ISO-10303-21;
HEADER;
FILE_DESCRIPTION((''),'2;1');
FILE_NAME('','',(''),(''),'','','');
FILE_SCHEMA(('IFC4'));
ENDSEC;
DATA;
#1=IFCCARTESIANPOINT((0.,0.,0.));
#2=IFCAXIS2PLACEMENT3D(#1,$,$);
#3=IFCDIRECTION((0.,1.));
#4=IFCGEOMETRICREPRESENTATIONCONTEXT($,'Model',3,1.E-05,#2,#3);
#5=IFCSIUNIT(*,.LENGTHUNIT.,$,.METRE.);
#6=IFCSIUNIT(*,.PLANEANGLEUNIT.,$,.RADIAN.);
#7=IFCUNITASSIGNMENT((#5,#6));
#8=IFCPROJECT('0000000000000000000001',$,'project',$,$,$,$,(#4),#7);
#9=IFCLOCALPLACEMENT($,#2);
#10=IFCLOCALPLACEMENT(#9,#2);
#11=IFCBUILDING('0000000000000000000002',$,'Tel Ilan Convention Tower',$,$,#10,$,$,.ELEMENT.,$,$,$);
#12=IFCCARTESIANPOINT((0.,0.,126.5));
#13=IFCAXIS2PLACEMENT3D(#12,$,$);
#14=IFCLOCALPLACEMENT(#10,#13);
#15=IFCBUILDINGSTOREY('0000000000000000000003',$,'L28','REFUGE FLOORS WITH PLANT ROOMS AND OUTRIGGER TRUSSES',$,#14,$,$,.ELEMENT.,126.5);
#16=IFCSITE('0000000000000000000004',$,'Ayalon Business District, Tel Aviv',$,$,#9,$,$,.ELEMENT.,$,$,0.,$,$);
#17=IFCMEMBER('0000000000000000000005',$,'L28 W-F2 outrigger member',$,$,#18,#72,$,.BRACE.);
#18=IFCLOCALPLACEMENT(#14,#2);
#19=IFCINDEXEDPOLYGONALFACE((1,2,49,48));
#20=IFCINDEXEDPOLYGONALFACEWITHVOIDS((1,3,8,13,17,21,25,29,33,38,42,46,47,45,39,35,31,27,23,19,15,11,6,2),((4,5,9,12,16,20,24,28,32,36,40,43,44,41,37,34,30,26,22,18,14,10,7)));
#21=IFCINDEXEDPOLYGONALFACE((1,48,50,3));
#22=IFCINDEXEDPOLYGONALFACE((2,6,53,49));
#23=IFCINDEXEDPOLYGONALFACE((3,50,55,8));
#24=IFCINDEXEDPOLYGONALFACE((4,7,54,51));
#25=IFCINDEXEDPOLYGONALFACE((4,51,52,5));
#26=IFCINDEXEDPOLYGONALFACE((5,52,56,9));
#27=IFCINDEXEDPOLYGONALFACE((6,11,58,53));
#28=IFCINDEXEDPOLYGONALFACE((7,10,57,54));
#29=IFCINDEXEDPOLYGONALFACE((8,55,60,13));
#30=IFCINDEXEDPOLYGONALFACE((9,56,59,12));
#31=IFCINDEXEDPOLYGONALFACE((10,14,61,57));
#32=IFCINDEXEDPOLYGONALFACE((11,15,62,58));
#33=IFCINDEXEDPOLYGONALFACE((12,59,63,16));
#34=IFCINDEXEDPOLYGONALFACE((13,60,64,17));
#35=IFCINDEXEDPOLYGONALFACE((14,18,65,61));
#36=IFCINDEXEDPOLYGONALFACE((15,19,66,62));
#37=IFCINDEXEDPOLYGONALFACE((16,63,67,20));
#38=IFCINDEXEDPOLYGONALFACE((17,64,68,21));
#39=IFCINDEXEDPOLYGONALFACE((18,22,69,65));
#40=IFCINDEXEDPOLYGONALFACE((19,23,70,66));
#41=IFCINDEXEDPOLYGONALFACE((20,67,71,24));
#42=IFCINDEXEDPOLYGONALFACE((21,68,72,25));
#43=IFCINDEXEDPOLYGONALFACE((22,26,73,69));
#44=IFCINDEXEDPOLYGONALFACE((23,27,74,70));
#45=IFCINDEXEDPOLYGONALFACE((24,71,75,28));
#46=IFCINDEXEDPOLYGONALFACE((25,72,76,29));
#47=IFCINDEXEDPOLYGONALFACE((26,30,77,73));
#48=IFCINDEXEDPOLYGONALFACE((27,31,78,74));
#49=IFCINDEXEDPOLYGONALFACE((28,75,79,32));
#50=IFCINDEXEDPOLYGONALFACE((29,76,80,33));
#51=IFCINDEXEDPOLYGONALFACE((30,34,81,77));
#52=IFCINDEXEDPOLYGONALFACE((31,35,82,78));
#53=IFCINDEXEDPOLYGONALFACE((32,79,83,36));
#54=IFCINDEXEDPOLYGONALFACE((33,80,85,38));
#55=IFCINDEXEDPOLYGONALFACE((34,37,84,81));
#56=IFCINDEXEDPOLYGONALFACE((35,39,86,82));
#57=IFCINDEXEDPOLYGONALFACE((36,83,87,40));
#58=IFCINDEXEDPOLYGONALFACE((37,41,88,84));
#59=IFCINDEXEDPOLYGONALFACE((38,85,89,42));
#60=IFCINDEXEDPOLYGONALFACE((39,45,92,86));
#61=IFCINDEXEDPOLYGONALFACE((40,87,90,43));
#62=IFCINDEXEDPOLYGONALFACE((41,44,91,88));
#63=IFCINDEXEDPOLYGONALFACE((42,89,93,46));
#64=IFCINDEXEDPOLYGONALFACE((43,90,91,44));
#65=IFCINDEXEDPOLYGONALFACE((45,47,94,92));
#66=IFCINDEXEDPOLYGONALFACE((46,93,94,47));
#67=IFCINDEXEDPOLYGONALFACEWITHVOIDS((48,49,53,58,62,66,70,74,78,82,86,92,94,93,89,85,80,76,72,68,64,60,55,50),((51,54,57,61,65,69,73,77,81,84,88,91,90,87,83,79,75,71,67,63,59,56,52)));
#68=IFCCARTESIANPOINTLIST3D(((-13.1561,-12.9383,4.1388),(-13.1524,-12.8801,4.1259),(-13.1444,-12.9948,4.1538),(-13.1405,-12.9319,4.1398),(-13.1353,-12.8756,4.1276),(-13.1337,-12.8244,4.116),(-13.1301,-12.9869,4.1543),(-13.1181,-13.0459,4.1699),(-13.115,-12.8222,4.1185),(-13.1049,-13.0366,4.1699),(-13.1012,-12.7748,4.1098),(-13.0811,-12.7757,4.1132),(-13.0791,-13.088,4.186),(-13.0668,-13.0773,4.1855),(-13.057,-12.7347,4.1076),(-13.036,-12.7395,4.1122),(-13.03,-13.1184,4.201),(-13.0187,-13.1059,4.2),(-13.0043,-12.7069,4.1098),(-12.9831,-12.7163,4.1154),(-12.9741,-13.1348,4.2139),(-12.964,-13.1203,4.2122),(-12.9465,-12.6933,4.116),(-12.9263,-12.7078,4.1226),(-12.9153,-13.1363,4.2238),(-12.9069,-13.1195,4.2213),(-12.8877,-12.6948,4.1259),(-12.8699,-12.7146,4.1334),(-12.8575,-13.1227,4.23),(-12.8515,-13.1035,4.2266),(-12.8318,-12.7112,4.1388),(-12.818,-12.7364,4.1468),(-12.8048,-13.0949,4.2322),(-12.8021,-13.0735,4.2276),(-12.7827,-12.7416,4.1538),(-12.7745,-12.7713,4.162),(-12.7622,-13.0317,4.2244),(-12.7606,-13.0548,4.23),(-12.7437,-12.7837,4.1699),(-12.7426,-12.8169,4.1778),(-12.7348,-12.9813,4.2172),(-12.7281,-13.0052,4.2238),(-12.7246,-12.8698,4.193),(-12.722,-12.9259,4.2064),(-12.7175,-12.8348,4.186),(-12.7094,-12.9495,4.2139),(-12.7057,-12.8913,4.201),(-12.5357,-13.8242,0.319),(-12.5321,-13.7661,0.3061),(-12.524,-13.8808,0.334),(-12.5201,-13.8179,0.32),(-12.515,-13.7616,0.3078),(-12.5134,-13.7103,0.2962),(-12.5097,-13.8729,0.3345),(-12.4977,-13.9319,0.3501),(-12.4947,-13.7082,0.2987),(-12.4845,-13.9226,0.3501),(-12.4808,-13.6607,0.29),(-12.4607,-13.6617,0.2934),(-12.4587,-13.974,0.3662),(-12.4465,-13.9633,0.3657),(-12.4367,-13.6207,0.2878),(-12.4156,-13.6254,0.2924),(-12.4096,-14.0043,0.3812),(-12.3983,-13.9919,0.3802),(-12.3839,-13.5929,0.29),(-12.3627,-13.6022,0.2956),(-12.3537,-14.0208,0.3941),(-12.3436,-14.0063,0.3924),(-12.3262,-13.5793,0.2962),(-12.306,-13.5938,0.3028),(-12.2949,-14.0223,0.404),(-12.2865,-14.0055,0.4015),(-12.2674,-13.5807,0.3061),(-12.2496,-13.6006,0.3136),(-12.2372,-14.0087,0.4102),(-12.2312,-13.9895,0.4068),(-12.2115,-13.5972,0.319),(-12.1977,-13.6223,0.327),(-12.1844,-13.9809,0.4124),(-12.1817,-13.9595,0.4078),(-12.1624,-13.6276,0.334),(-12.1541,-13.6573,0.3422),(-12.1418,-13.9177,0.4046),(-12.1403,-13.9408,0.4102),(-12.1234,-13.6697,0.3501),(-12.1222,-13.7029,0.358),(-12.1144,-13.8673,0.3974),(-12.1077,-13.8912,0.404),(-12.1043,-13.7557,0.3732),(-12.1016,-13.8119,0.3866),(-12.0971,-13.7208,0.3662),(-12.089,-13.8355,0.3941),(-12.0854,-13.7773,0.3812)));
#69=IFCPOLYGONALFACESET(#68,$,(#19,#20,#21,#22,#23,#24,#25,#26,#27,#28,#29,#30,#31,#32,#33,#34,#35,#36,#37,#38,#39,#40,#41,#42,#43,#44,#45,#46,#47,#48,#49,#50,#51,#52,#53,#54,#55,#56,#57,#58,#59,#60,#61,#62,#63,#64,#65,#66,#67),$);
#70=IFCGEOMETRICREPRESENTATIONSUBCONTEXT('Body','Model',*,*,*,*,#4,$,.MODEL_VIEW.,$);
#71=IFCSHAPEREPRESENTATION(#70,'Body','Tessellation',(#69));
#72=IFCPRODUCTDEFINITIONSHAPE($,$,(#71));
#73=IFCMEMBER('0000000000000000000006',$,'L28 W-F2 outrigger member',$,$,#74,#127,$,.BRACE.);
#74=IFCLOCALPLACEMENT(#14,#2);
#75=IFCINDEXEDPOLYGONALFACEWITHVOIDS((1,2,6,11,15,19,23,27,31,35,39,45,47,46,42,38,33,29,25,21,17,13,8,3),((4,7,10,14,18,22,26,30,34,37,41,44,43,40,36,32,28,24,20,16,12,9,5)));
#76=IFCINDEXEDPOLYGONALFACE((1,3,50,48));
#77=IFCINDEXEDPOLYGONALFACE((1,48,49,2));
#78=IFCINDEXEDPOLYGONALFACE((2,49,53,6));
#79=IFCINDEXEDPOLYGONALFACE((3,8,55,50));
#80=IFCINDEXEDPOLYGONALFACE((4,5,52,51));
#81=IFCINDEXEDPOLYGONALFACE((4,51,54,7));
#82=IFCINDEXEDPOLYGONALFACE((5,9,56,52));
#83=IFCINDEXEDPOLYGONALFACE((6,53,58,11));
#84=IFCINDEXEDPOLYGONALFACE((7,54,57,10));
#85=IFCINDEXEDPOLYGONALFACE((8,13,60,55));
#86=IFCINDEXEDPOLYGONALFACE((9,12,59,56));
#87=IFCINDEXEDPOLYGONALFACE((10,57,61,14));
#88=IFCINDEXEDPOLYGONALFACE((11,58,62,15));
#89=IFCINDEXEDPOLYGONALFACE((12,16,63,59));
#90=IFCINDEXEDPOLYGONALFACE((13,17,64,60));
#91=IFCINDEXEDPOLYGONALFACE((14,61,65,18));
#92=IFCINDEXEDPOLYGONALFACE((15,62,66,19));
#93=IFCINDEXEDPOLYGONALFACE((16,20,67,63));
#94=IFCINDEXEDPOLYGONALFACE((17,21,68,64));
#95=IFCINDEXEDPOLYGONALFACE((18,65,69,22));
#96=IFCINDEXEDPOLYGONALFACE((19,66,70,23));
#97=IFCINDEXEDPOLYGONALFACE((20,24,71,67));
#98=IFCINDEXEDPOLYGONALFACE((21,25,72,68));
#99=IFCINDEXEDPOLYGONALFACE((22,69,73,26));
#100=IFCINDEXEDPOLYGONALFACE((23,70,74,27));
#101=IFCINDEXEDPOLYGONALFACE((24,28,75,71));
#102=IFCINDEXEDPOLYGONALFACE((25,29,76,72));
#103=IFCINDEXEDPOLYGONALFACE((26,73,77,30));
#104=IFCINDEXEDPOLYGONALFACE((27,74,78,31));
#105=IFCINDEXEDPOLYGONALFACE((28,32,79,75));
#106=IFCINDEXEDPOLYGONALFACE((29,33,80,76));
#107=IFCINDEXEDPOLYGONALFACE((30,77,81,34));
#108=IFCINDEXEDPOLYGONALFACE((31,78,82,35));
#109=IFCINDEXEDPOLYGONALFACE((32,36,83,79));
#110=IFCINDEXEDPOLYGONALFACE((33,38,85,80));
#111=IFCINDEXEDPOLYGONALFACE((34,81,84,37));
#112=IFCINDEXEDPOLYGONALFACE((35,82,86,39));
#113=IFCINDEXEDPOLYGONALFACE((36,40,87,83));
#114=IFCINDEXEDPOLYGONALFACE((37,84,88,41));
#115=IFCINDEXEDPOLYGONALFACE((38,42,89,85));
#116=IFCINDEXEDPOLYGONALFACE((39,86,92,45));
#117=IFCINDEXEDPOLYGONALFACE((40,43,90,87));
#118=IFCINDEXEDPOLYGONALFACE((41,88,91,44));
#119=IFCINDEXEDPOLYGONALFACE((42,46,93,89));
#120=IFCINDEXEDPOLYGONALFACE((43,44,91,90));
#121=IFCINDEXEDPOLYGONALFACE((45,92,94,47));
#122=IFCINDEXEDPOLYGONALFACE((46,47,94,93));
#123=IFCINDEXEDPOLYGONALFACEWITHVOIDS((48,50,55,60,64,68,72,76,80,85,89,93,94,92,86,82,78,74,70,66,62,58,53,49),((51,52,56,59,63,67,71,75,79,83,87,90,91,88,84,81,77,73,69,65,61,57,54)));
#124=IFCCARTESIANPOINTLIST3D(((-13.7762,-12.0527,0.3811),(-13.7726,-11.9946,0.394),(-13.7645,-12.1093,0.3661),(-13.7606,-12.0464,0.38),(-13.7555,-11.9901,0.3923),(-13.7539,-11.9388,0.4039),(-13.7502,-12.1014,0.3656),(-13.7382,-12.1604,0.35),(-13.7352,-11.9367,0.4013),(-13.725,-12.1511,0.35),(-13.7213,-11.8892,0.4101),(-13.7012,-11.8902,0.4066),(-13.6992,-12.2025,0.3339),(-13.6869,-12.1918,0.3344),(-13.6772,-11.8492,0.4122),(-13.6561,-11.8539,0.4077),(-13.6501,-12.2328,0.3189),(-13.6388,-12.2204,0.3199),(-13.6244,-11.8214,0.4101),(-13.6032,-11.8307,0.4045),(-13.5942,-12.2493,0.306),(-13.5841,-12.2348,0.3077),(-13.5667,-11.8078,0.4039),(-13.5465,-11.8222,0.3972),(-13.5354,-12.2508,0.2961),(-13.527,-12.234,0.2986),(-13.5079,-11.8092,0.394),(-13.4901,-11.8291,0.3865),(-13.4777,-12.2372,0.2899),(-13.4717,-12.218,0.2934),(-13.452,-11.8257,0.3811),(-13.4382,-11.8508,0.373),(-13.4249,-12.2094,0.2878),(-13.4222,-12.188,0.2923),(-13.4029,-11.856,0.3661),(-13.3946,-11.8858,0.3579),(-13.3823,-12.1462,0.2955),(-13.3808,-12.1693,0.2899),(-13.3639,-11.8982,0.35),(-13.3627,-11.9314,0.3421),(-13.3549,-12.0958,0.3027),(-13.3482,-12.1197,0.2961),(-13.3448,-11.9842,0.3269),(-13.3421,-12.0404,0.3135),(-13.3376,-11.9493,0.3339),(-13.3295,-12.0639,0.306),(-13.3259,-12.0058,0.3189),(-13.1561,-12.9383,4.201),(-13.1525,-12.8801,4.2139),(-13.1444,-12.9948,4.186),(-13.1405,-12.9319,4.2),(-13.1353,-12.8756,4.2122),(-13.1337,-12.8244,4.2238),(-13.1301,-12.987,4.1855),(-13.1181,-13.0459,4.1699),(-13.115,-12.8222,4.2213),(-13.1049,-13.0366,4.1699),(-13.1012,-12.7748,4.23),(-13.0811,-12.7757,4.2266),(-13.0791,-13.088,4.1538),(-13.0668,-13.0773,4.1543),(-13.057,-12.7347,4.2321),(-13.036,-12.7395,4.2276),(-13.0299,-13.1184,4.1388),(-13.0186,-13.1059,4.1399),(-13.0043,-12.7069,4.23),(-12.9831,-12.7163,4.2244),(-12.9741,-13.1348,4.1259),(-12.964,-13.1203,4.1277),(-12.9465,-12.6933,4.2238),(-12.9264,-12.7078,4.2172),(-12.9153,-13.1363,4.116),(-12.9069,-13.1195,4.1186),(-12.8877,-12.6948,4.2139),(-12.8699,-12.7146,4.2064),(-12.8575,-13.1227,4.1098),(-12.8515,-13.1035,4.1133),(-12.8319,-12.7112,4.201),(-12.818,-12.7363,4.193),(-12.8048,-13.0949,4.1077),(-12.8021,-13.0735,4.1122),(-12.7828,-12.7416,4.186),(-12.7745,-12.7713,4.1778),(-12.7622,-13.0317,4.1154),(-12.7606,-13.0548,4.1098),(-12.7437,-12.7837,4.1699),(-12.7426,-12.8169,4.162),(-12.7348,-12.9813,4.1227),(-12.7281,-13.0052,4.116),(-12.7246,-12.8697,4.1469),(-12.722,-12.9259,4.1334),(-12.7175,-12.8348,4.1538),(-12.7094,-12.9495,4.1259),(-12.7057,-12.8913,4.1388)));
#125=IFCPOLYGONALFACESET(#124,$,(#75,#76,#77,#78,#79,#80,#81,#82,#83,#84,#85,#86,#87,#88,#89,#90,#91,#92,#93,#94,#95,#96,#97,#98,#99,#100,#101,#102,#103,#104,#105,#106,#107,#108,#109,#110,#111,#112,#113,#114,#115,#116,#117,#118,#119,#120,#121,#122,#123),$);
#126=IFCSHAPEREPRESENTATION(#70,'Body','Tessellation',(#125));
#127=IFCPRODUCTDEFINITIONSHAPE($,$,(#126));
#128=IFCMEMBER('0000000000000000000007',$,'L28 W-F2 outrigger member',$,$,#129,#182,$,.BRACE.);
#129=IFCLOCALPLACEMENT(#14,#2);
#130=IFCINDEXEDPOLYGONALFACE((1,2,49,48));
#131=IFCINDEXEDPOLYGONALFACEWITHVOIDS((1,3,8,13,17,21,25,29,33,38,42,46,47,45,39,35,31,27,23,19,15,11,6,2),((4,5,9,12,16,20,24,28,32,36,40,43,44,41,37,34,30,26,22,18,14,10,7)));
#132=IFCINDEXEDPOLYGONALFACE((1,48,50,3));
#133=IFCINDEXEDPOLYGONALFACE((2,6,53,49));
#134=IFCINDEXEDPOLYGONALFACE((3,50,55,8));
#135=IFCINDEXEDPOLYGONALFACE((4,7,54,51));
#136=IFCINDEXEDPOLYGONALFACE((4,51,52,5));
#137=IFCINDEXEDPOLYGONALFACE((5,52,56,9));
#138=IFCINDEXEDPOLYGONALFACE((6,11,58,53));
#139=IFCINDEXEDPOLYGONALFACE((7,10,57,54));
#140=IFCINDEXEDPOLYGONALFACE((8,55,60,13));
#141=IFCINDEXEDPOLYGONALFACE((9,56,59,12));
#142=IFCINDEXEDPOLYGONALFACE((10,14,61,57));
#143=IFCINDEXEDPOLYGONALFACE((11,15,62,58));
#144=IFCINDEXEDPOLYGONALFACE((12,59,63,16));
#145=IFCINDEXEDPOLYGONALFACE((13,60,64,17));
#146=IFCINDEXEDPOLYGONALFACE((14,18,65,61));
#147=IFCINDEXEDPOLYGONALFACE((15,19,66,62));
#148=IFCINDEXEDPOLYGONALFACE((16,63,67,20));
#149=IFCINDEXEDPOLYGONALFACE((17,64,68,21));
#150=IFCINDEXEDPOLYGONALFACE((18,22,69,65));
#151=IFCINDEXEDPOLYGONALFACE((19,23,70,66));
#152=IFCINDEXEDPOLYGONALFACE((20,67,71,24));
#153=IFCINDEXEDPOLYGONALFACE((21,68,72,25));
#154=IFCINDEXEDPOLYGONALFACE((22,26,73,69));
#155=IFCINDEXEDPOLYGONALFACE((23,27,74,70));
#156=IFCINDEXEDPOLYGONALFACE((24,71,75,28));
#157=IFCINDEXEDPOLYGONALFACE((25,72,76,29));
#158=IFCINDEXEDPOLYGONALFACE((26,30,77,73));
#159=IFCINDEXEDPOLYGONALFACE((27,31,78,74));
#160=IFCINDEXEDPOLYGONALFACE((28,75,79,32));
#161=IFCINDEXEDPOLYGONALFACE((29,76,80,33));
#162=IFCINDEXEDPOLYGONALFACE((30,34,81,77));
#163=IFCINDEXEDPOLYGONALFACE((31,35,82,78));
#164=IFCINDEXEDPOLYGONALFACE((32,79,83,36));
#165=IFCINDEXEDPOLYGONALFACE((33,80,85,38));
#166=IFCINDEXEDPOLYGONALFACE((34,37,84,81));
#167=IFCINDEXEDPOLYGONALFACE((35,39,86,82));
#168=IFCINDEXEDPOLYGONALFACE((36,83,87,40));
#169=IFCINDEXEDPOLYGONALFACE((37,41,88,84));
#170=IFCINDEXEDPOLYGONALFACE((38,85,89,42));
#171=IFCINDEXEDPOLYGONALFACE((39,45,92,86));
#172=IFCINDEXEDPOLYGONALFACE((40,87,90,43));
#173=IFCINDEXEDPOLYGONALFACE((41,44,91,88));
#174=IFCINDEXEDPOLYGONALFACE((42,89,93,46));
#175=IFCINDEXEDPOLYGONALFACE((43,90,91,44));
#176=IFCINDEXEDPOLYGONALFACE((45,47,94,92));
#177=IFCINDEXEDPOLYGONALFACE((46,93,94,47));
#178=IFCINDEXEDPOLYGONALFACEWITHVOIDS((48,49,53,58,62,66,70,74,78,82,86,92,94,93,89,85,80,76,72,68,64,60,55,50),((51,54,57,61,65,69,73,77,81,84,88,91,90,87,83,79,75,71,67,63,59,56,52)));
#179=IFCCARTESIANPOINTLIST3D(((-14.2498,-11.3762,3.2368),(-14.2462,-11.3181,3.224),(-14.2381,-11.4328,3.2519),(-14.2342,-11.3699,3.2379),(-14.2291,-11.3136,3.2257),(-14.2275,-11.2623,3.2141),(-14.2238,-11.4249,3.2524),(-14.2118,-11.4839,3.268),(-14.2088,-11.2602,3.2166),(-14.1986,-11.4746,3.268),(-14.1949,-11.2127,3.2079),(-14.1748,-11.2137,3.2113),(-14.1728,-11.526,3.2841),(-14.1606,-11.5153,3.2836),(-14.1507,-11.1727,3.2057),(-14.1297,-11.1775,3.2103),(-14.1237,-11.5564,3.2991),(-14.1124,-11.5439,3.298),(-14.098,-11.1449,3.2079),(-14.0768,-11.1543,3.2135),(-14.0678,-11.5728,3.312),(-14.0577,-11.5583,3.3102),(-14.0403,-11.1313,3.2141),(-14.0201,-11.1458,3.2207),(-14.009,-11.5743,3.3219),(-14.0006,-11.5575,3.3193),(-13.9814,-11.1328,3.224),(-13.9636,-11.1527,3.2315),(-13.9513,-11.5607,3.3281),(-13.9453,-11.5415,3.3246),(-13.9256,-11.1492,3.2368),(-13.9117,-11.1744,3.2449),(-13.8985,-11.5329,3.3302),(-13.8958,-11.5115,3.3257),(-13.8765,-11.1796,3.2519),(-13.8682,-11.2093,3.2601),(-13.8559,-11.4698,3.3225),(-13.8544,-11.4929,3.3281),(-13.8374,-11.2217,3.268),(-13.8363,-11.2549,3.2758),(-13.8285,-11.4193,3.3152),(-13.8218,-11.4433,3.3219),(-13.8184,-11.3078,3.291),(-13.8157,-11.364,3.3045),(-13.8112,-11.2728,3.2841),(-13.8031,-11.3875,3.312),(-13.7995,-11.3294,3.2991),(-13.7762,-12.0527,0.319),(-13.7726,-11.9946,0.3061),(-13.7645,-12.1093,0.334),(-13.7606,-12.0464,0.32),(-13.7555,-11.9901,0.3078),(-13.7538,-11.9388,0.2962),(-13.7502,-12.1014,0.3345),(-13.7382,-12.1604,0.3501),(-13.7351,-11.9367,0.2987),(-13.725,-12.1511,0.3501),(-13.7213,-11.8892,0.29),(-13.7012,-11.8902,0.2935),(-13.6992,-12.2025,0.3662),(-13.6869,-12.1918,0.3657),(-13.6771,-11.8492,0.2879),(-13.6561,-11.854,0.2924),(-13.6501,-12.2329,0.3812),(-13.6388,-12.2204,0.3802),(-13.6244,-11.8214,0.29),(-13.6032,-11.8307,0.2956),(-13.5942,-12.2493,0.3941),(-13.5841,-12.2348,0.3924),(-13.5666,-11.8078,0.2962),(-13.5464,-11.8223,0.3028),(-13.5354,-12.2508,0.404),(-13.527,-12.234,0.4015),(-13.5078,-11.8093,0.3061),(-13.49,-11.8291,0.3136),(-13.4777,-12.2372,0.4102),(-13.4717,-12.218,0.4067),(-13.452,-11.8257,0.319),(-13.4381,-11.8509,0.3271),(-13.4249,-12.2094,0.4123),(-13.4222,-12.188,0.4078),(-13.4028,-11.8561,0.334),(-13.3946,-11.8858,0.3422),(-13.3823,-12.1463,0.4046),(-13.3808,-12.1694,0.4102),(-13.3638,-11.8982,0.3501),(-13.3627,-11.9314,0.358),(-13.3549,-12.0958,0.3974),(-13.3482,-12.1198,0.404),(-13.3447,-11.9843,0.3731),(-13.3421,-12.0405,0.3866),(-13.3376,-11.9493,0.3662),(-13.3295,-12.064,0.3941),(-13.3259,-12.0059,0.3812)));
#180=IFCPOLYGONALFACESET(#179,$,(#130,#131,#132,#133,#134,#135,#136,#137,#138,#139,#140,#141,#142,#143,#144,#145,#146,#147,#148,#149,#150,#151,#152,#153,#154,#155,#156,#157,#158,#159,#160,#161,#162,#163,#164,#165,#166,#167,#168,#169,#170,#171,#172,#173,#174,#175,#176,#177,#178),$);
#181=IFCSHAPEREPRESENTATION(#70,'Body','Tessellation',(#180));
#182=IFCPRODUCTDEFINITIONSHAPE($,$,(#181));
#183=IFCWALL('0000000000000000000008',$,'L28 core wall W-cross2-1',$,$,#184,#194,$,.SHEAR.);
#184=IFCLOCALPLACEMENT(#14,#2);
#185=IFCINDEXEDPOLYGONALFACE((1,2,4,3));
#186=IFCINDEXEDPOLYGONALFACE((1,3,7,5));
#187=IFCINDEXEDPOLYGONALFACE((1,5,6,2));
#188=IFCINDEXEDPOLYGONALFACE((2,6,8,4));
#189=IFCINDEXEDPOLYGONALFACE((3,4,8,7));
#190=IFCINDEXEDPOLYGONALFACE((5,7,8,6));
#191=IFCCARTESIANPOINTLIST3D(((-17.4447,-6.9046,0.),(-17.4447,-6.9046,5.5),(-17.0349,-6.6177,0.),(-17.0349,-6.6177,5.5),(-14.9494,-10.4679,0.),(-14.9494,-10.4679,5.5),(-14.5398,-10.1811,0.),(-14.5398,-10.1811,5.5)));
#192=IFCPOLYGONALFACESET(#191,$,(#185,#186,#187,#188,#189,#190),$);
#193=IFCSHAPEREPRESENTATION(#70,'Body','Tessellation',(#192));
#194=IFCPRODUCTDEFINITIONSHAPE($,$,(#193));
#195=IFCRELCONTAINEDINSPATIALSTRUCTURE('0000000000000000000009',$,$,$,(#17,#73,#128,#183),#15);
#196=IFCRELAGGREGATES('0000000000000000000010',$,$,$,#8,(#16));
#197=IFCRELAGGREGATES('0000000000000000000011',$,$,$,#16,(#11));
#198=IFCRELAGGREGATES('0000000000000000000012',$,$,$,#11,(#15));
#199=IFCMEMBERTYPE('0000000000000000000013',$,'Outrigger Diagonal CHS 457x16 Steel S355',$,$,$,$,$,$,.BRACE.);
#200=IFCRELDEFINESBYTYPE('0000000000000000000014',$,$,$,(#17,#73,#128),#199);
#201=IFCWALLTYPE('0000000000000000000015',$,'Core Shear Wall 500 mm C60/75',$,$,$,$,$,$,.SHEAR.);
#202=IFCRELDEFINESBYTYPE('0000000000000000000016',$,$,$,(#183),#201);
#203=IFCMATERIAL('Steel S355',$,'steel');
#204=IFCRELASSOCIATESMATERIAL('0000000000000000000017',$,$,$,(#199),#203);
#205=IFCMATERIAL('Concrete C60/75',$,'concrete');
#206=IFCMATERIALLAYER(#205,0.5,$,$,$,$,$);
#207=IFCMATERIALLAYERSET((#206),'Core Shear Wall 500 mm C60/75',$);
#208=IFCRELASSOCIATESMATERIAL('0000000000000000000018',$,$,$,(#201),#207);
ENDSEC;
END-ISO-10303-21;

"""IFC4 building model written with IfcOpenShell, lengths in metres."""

from ifc_helpers import new_model, si_unit, direction, frame, origin, origin_2d, place, context, subcontext, project, spatial, polyline, hollow_circle, outline, extrude, material, layer, layer_set, material_profile, profile_set, type_object, element, save


model = new_model("IFC4")

# Units and contexts
model_context = context("Model", 3, precision=1e-05, world=origin(), true_north=direction((0.0, 1.0)))
body_context = subcontext(model_context, "Body", "Model", "MODEL_VIEW")
ifc_project = project(units=[si_unit("LENGTHUNIT", "METRE"), si_unit("PLANEANGLEUNIT", "RADIAN")], contexts=[model_context])

# Site, building, storey
site_placement = place(None, origin())
site = spatial("IfcSite", under=ifc_project, at=site_placement, Name="Ayalon Business District, Tel Aviv", CompositionType="ELEMENT", RefElevation=0.0)
building_placement = place(site_placement, origin())
building = spatial("IfcBuilding", under=site, at=building_placement, Name="Tel Ilan Convention Tower", CompositionType="ELEMENT")
storey_placement = place(building_placement, frame((0.0, 0.0, 126.5)))
storey = spatial("IfcBuildingStorey", under=building, at=storey_placement, Name="L28", Description="REFUGE FLOORS WITH PLANT ROOMS AND OUTRIGGER TRUSSES", CompositionType="ELEMENT", Elevation=126.5)

# Members
ifc_material_1 = material(Name="Steel S355", Category="steel")
ifc_material_profile_1 = material_profile(ifc_material_1, hollow_circle(Radius=0.2285, WallThickness=0.0161, at=origin_2d()), Name="CHS 457x16")
ifc_profile_set_1 = profile_set([ifc_material_profile_1], Name="Steel S355")
member_type_1 = type_object("IfcMemberType", Name="Outrigger Diagonal CHS 457x16 Steel S355", PredefinedType="BRACE", material=ifc_profile_set_1)
for number, where, z_axis, x_axis, name in (
    (1, (-12.3105, -13.8008, 0.3501), (-0.156262, 0.223171, 0.962173), (-0.819158, -0.573568, 0.0), "L28 W-F2 outrigger member"),
    (2, (-12.9309, -12.9148, 4.1699), (-0.156207, 0.223056, -0.962209), (-0.819115, -0.573629, 0.0), "L28 W-F2 outrigger member"),
):
    element("IfcMember", number, at=place(storey_placement, frame(where, z_axis=z_axis, x_axis=x_axis)), inside=storey, type_object=member_type_1, Name=name, PredefinedType="BRACE", context=body_context, shape_type="SweptSolid", body=[
        extrude(hollow_circle(Radius=0.2285, WallThickness=0.0161, at=origin_2d()), origin(), (0.0, 0.0, 1.0), 3.97),
    ])
member_1_placement = place(storey_placement, frame((-13.551, -12.0293, 0.3501), z_axis=(-0.156181, 0.223082, 0.962207), x_axis=(-0.81919, -0.573522, 0.0)))
element("IfcMember", 3, at=member_1_placement, inside=storey, type_object=member_type_1, Name="L28 W-F2 outrigger member", PredefinedType="BRACE", context=body_context, shape_type="SweptSolid", body=[
    extrude(hollow_circle(Radius=0.2285, WallThickness=0.0161, at=origin_2d()), origin(), (0.0, 0.0, 1.0), 3.0325),
])

# Wall
ifc_material_2 = material(Name="Concrete C60/75", Category="concrete")
ifc_layer_1 = layer(ifc_material_2, 0.5)
ifc_layer_set_1 = layer_set([ifc_layer_1], Name="Core Shear Wall 500 mm C60/75")
wall_type_1 = type_object("IfcWallType", Name="Core Shear Wall 500 mm C60/75", PredefinedType="SHEAR", material=ifc_layer_set_1)
wall_1_placement = place(storey_placement, frame((-14.7446, -10.3245, 0.0), z_axis=(0.0, 0.0, 1.0), x_axis=(-0.573568, 0.819158, 0.0)))
element("IfcWall", 4, at=wall_1_placement, inside=storey, type_object=wall_type_1, Name="L28 core wall W-cross2-1", PredefinedType="SHEAR", context=body_context, shape_type="SweptSolid", body=[
    extrude(outline(polyline([(4.3501, 0.2502), (0.0, 0.25), (0.0, -0.25), (4.3501, -0.25), (4.3501, 0.2502)])), origin(), (0.0, 0.0, 1.0), 5.5),
])

save(model, "model.ifc")
